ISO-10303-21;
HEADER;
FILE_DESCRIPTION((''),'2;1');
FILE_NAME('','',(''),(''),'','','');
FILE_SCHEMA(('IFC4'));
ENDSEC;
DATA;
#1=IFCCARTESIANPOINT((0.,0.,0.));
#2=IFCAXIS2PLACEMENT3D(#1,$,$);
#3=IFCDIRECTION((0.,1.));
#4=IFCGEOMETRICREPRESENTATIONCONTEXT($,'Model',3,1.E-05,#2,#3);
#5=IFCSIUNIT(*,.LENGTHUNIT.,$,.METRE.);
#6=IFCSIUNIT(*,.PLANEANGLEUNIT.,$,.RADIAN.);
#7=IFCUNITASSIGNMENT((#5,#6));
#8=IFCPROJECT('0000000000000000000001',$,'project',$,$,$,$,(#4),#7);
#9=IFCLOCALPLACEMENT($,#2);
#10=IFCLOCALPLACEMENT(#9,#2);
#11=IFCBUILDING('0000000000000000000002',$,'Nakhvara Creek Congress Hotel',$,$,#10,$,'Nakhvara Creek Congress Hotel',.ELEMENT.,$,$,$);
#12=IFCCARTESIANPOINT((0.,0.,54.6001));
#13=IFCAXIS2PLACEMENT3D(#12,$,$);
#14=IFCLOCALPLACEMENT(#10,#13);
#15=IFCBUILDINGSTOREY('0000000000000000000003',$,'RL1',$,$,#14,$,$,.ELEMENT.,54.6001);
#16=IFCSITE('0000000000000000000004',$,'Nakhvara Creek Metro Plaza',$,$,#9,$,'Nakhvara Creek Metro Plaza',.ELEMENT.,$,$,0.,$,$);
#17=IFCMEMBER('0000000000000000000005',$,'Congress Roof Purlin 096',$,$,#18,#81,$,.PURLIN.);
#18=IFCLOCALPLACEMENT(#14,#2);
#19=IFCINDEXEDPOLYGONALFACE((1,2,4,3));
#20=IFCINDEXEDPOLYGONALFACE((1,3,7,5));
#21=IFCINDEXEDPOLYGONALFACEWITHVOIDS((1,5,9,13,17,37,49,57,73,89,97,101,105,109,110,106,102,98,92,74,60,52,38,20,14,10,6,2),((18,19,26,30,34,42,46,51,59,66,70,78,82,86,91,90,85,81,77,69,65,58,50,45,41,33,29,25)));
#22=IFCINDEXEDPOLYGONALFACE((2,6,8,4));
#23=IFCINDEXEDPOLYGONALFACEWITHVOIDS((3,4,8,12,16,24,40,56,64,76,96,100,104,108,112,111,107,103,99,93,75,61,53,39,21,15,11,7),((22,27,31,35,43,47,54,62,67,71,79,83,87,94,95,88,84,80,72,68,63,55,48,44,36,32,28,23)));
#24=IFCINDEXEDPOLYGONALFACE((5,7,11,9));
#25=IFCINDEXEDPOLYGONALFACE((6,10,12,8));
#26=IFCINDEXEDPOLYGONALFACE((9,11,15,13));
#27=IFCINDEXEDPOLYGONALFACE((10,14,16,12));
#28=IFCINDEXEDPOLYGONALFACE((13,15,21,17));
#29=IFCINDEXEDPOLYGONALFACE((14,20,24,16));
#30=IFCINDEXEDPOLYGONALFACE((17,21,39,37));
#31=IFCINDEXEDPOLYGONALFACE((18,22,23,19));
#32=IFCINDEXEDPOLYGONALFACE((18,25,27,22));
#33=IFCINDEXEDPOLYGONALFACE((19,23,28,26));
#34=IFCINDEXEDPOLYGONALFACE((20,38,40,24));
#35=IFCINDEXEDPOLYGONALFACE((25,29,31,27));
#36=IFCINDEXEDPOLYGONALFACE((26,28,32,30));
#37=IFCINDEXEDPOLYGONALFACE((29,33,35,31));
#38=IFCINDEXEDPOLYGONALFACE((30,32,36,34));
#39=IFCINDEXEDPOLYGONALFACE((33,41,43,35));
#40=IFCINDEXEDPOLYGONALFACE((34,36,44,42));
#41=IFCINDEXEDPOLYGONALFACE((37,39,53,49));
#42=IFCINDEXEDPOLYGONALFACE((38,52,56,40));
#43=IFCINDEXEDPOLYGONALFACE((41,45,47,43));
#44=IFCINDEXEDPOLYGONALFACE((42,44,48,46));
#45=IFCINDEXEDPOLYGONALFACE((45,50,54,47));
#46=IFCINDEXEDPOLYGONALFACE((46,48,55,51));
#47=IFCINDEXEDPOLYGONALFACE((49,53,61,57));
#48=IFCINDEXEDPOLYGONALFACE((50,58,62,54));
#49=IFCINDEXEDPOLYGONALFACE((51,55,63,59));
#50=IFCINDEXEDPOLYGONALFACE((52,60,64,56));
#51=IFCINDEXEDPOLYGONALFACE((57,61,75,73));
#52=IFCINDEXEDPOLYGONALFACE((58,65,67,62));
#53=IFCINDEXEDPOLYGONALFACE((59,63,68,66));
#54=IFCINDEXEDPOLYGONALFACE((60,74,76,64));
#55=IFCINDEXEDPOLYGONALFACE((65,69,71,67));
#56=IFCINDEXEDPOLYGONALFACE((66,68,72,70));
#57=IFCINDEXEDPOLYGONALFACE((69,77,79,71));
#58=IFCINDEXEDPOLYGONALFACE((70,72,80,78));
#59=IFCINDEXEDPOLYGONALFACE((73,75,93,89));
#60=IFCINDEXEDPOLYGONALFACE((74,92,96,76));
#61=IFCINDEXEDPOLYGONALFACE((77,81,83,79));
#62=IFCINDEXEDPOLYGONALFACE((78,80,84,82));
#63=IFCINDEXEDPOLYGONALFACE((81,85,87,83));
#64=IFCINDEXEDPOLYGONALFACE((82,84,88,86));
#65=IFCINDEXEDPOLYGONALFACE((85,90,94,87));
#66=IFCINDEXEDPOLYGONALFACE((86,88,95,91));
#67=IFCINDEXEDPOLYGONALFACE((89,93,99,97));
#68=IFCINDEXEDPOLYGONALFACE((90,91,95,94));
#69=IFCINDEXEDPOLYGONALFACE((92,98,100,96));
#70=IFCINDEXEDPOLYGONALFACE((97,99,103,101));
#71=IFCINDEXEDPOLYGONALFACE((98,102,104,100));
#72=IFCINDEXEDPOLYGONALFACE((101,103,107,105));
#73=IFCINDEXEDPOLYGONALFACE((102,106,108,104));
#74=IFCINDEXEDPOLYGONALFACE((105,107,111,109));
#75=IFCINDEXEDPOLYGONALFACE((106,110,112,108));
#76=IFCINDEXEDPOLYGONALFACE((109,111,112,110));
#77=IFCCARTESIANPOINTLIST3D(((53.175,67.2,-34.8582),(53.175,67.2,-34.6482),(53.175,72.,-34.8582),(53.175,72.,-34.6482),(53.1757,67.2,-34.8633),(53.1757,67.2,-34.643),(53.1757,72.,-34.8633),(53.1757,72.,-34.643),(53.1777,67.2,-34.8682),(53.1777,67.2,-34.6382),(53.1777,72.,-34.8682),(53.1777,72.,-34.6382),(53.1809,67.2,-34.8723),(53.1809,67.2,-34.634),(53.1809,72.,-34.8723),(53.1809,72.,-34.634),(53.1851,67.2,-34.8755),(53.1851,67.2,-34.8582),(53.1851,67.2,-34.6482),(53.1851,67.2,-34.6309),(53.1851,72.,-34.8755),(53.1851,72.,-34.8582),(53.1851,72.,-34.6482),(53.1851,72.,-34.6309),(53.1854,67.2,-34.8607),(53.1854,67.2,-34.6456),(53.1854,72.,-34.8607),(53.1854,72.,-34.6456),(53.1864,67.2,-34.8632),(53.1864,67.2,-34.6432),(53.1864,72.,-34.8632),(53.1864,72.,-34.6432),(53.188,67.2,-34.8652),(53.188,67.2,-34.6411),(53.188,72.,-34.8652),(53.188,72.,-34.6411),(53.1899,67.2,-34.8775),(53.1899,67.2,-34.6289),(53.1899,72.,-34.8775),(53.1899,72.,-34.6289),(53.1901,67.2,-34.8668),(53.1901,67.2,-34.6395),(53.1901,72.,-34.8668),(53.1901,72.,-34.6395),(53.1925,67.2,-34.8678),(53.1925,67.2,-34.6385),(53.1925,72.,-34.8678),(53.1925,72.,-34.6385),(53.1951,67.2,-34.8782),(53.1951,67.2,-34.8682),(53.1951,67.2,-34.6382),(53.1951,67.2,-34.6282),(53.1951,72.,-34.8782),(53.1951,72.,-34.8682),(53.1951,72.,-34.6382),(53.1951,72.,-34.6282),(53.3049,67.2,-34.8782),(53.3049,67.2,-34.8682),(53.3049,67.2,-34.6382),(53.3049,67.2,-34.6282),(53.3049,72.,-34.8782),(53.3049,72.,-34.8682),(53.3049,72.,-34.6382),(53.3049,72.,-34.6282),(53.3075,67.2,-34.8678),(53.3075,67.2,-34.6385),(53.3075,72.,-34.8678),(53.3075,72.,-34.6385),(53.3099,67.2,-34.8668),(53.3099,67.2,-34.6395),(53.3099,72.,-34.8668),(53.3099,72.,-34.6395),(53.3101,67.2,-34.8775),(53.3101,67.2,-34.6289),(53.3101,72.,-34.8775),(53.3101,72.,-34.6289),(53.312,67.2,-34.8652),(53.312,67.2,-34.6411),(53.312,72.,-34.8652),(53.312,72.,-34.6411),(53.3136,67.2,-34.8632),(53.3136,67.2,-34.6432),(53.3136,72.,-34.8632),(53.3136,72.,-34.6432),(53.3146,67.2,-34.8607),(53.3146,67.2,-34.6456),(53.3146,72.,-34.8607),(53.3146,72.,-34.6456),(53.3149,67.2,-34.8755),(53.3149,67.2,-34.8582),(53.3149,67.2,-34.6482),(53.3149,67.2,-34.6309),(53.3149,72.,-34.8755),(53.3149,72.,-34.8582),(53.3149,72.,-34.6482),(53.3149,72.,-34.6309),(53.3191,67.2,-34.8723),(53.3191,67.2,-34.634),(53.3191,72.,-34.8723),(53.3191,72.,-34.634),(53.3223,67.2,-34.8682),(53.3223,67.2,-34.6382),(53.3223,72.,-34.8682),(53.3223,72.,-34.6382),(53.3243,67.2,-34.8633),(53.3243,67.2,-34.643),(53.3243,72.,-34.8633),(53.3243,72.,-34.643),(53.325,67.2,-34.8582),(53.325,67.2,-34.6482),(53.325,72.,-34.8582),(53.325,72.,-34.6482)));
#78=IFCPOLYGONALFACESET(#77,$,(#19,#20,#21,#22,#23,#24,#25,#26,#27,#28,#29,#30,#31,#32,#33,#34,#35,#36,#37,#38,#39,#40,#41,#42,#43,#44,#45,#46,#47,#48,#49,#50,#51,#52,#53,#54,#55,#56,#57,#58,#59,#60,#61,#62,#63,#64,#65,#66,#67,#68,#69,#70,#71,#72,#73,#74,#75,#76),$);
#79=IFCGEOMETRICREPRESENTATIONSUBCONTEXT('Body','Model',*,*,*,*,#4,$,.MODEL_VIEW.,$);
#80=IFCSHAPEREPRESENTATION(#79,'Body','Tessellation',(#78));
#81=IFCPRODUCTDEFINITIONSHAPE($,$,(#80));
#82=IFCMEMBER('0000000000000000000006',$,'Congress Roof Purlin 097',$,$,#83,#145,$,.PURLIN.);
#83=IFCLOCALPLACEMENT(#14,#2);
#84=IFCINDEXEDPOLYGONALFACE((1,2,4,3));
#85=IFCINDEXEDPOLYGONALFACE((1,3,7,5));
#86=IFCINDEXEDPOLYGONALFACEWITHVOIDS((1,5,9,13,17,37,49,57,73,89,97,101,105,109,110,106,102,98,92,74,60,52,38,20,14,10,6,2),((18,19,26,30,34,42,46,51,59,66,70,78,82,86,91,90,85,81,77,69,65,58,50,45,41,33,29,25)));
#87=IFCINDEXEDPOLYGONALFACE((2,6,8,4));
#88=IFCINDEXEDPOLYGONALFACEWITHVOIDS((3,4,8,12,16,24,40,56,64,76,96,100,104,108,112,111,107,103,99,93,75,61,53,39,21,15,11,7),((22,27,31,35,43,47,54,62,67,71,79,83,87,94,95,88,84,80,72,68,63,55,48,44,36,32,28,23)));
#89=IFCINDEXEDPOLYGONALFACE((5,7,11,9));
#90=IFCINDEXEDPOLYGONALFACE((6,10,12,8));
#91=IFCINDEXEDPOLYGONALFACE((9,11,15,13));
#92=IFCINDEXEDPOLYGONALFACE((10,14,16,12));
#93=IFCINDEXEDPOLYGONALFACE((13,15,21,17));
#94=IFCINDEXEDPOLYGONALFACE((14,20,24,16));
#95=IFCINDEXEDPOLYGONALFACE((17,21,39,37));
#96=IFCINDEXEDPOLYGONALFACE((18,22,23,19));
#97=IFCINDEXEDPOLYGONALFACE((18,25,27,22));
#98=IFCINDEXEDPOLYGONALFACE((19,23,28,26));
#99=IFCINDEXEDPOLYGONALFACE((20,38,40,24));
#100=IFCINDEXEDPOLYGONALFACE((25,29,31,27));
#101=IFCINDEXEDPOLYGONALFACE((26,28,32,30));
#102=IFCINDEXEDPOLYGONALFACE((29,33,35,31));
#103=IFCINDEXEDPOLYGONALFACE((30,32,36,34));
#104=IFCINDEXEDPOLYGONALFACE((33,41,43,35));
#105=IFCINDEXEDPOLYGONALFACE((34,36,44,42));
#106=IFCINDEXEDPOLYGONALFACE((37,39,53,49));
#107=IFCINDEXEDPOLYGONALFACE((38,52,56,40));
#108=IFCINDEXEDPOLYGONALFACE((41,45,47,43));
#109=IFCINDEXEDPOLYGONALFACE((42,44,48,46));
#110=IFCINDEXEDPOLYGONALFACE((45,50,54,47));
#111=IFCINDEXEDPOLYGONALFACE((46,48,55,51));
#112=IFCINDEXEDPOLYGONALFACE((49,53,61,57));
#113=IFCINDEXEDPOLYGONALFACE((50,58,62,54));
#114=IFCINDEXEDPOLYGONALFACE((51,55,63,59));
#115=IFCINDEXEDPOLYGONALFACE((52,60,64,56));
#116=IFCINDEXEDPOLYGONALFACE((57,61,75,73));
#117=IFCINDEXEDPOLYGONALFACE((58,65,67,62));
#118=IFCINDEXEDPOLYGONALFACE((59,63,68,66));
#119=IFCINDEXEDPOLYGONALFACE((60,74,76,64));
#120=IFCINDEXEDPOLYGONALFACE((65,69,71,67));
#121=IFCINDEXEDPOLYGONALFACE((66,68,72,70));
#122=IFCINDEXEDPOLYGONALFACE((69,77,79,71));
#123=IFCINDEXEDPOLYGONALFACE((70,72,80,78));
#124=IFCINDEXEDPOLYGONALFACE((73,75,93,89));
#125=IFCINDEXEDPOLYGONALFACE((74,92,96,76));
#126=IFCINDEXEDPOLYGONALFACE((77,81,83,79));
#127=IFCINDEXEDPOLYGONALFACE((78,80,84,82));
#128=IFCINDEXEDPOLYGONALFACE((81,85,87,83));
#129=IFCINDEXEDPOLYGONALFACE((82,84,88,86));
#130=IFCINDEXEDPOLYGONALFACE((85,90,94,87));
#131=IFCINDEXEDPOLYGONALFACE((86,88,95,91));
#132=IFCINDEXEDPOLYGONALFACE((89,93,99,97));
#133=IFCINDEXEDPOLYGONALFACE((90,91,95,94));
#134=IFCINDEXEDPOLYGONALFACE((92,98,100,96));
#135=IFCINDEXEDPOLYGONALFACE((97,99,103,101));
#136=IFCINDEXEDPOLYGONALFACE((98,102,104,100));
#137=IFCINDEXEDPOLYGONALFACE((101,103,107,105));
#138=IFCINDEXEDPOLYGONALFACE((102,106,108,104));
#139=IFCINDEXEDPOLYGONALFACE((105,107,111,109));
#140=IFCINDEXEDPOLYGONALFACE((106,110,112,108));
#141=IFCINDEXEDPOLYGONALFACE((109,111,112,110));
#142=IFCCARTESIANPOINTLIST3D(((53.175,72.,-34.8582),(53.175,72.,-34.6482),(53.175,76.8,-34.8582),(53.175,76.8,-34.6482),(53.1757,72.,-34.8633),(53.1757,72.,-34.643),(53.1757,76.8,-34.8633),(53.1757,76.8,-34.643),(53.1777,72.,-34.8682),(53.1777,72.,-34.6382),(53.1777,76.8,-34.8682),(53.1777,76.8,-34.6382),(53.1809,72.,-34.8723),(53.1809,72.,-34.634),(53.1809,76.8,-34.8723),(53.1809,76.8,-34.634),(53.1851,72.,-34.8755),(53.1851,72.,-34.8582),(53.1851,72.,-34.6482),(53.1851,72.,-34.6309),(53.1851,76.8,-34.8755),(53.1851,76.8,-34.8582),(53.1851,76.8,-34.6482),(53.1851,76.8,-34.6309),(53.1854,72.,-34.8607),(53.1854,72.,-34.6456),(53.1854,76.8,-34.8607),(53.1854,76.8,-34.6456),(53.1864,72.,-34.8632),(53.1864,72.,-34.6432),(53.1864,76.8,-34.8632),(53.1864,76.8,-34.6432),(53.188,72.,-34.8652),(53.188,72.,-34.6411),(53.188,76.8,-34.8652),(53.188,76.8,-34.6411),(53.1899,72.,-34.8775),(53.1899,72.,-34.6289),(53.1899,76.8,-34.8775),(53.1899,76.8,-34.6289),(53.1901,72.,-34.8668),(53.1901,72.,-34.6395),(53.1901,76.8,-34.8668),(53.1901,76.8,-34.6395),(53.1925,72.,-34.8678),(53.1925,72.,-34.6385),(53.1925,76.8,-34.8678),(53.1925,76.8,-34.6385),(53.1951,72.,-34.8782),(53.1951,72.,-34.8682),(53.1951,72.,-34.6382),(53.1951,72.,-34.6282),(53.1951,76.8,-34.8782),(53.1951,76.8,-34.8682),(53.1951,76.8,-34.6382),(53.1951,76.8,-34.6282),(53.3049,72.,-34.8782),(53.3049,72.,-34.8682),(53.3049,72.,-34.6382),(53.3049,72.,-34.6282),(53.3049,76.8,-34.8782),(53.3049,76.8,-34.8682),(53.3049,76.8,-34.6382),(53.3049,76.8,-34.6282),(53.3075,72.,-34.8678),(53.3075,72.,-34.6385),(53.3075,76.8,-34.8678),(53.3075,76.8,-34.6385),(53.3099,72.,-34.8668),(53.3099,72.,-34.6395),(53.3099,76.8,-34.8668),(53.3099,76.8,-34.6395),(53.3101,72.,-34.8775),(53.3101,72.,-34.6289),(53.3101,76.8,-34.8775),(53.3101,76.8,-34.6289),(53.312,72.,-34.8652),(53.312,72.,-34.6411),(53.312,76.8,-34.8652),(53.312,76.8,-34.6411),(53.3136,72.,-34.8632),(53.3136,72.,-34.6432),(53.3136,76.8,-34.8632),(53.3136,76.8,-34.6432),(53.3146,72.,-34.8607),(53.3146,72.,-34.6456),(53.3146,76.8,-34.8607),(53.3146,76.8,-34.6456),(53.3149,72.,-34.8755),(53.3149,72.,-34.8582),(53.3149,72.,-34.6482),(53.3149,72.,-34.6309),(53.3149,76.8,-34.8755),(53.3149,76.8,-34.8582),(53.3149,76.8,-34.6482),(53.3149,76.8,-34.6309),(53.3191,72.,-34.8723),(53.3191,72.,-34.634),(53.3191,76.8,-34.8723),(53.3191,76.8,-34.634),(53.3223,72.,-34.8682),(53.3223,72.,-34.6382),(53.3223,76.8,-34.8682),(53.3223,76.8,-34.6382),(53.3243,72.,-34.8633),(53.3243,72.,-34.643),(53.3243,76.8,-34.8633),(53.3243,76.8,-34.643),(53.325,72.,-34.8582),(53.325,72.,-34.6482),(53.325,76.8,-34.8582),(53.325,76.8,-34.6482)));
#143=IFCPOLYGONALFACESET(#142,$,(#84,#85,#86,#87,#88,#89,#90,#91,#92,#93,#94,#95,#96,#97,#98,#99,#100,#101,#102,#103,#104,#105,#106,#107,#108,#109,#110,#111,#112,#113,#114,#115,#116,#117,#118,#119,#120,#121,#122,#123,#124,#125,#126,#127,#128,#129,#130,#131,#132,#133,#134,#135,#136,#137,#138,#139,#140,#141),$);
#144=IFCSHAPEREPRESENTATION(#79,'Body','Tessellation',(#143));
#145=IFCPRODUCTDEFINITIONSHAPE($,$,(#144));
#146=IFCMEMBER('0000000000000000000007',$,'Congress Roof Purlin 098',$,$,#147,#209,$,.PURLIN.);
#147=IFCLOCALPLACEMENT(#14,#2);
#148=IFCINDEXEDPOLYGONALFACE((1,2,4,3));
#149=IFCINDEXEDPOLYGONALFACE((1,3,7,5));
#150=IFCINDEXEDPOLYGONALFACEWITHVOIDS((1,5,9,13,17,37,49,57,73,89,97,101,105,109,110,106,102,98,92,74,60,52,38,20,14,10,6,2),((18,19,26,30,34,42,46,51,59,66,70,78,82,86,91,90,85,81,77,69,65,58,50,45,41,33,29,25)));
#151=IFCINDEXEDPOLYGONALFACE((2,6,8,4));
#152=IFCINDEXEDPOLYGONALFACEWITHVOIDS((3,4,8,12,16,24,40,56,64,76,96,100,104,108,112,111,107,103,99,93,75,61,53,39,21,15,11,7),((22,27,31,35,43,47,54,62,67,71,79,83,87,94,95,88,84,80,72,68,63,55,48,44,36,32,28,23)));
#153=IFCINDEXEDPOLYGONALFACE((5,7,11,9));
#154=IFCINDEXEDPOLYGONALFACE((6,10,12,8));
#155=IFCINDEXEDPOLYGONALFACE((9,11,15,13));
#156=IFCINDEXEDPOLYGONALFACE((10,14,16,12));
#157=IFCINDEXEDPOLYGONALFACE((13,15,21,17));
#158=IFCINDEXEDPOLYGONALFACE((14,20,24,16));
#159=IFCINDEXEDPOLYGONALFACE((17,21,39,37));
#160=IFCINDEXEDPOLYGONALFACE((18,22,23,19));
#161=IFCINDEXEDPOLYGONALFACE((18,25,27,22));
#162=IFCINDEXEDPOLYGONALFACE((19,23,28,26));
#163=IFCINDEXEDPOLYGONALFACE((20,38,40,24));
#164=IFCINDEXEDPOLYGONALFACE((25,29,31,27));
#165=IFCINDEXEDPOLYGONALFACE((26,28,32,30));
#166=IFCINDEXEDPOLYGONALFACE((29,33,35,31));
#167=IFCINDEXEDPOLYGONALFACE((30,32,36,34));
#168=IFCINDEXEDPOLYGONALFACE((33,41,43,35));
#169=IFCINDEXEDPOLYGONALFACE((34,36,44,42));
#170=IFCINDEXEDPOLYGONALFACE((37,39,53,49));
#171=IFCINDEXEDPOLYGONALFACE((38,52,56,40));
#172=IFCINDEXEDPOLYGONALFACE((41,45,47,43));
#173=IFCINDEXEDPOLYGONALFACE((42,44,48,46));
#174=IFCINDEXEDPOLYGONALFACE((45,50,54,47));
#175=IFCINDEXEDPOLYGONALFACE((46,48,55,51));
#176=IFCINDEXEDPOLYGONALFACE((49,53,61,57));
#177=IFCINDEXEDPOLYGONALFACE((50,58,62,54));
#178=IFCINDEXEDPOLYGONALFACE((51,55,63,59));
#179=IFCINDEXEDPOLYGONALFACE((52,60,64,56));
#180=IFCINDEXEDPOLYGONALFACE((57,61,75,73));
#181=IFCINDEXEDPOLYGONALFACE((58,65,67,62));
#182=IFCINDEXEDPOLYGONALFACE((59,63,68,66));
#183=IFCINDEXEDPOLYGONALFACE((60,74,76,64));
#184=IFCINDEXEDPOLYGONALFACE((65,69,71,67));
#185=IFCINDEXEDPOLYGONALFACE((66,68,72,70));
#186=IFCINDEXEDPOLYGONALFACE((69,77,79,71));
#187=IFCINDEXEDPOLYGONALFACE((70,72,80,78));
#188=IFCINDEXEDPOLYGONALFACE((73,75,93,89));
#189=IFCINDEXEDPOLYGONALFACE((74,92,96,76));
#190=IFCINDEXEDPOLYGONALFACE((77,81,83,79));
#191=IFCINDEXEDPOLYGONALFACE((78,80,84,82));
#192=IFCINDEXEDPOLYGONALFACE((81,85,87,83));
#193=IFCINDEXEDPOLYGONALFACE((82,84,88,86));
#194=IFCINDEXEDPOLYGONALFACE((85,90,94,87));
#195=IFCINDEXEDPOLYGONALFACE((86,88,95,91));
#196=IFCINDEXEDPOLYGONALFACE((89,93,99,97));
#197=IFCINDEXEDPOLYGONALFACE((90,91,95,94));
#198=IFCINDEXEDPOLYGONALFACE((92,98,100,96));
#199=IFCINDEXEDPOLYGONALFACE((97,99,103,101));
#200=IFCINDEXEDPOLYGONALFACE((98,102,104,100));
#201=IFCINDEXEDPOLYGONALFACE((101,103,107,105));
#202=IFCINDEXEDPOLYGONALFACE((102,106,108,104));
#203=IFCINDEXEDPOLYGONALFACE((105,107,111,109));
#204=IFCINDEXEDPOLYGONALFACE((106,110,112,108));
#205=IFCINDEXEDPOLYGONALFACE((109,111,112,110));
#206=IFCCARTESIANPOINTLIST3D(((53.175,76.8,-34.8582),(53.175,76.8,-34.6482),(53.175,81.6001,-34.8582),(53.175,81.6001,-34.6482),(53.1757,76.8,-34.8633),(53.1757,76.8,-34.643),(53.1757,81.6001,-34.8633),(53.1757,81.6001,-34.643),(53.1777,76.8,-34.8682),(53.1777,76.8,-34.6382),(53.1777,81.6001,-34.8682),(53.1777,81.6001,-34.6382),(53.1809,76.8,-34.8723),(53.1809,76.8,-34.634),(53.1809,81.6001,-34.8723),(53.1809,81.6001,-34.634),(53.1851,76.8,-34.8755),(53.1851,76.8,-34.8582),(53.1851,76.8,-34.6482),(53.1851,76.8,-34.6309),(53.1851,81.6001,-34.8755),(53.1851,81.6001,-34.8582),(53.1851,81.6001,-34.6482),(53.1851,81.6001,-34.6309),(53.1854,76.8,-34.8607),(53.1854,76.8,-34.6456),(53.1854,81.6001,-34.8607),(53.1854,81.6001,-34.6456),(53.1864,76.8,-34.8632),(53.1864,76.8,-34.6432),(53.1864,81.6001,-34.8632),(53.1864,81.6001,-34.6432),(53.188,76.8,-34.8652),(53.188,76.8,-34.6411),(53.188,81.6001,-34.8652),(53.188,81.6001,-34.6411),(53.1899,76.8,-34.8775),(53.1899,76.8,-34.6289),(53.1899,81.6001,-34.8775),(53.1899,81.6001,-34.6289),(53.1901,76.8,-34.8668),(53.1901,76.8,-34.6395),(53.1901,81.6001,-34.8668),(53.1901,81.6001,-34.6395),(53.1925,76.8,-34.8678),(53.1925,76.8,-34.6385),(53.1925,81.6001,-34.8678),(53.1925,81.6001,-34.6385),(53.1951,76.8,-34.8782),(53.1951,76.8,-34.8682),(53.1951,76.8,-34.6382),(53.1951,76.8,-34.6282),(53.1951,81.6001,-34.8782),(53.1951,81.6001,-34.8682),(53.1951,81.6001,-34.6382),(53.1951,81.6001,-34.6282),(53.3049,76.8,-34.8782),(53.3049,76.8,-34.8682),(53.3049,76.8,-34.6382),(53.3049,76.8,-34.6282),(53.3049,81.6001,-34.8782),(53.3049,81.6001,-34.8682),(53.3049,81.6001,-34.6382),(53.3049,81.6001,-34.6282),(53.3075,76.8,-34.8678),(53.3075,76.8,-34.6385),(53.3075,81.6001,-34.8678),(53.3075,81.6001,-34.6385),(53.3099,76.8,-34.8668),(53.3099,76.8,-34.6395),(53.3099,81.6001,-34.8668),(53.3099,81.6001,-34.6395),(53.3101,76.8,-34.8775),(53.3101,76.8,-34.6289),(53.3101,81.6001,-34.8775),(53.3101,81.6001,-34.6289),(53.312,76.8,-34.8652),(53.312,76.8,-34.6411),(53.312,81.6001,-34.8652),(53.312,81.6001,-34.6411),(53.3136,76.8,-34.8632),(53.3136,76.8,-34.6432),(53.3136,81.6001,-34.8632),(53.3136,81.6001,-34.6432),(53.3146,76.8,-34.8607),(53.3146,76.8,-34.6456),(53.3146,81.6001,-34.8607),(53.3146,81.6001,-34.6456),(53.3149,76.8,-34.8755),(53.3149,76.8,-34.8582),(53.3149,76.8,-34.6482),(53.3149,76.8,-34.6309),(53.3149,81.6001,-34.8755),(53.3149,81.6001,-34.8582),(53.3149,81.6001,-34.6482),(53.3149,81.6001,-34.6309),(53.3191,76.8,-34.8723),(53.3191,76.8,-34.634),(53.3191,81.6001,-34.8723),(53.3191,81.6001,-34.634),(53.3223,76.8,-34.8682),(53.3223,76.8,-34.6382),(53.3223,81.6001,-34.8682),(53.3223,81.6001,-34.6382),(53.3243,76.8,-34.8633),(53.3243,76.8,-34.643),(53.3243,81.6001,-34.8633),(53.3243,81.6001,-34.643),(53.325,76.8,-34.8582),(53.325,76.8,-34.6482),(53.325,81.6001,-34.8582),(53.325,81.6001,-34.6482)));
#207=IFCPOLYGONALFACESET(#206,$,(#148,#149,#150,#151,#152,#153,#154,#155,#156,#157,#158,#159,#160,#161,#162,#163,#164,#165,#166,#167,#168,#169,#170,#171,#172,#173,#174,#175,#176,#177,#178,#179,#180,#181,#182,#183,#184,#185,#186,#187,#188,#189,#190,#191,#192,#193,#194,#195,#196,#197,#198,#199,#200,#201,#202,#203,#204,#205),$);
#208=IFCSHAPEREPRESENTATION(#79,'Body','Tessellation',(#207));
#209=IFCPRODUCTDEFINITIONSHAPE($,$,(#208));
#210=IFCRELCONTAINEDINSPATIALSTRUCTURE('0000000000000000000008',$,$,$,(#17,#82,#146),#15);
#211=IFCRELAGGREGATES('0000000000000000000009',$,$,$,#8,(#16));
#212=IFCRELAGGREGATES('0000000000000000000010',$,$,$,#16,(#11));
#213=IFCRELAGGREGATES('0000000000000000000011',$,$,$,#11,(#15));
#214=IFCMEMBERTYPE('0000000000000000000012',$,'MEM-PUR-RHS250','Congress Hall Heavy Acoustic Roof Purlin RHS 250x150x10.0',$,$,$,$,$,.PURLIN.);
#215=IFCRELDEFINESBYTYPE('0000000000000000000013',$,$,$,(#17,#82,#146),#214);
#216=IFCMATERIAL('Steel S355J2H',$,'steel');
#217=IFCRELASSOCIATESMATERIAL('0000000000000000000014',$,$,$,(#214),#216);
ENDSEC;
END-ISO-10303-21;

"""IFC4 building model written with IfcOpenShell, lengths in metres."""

from ifc_helpers import new_model, si_unit, direction, frame, origin, origin_2d, place, context, subcontext, project, spatial, hollow_rectangle, extrude, material, material_profile, profile_set, type_object, element, save


model = new_model("IFC4")

# Units and contexts
model_context = context("Model", 3, precision=1e-05, world=origin(), true_north=direction((0.0, 1.0)))
body_context = subcontext(model_context, "Body", "Model", "MODEL_VIEW")
ifc_project = project(units=[si_unit("LENGTHUNIT", "METRE"), si_unit("PLANEANGLEUNIT", "RADIAN")], contexts=[model_context])

# Site, building, storey
site_placement = place(None, origin())
site = spatial("IfcSite", under=ifc_project, at=site_placement, Name="Nakhvara Creek Metro Plaza", LongName="Nakhvara Creek Metro Plaza", CompositionType="ELEMENT", RefElevation=0.0)
building_placement = place(site_placement, origin())
building = spatial("IfcBuilding", under=site, at=building_placement, Name="Nakhvara Creek Congress Hotel", LongName="Nakhvara Creek Congress Hotel", CompositionType="ELEMENT")
storey_placement = place(building_placement, frame((0.0, 0.0, 54.6001)))
storey = spatial("IfcBuildingStorey", under=building, at=storey_placement, Name="RL1", CompositionType="ELEMENT", Elevation=54.6001)

# Members
ifc_material_1 = material(Name="Steel S355J2H", Category="steel")
ifc_material_profile_1 = material_profile(ifc_material_1, hollow_rectangle(XDim=0.1499, YDim=0.25, WallThickness=0.01, InnerFilletRadius=0.01, OuterFilletRadius=0.02, at=origin_2d()), Name="RHS 250x150x10.0", Category="LoadBearing")
ifc_profile_set_1 = profile_set([ifc_material_profile_1], Name="Steel S355J2H")
member_type_1 = type_object("IfcMemberType", Name="MEM-PUR-RHS250", Description="Congress Hall Heavy Acoustic Roof Purlin RHS 250x150x10.0", PredefinedType="PURLIN", material=ifc_profile_set_1)
for number, where, z_axis, x_axis, name in (
    (1, (53.25, 67.2, -34.7532), (0.0, 1.0, 0.0), (-1.0, 0.0, 0.0), "Congress Roof Purlin 096"),
    (2, (53.25, 72.0, -34.7532), (0.0, 1.0, 0.0), (-1.0, 0.0, 0.0), "Congress Roof Purlin 097"),
    (3, (53.25, 76.8, -34.7532), (0.0, 1.0, 0.0), (-1.0, 0.0, 0.0), "Congress Roof Purlin 098"),
):
    element("IfcMember", number, at=place(storey_placement, frame(where, z_axis=z_axis, x_axis=x_axis)), inside=storey, type_object=member_type_1, Name=name, PredefinedType="PURLIN", context=body_context, shape_type="SweptSolid", body=[
        extrude(hollow_rectangle(XDim=0.1499, YDim=0.25, WallThickness=0.01, InnerFilletRadius=0.01, OuterFilletRadius=0.02, at=origin_2d()), origin(), (0.0, 0.0, 1.0), 4.8),
    ])

save(model, "model.ifc")
